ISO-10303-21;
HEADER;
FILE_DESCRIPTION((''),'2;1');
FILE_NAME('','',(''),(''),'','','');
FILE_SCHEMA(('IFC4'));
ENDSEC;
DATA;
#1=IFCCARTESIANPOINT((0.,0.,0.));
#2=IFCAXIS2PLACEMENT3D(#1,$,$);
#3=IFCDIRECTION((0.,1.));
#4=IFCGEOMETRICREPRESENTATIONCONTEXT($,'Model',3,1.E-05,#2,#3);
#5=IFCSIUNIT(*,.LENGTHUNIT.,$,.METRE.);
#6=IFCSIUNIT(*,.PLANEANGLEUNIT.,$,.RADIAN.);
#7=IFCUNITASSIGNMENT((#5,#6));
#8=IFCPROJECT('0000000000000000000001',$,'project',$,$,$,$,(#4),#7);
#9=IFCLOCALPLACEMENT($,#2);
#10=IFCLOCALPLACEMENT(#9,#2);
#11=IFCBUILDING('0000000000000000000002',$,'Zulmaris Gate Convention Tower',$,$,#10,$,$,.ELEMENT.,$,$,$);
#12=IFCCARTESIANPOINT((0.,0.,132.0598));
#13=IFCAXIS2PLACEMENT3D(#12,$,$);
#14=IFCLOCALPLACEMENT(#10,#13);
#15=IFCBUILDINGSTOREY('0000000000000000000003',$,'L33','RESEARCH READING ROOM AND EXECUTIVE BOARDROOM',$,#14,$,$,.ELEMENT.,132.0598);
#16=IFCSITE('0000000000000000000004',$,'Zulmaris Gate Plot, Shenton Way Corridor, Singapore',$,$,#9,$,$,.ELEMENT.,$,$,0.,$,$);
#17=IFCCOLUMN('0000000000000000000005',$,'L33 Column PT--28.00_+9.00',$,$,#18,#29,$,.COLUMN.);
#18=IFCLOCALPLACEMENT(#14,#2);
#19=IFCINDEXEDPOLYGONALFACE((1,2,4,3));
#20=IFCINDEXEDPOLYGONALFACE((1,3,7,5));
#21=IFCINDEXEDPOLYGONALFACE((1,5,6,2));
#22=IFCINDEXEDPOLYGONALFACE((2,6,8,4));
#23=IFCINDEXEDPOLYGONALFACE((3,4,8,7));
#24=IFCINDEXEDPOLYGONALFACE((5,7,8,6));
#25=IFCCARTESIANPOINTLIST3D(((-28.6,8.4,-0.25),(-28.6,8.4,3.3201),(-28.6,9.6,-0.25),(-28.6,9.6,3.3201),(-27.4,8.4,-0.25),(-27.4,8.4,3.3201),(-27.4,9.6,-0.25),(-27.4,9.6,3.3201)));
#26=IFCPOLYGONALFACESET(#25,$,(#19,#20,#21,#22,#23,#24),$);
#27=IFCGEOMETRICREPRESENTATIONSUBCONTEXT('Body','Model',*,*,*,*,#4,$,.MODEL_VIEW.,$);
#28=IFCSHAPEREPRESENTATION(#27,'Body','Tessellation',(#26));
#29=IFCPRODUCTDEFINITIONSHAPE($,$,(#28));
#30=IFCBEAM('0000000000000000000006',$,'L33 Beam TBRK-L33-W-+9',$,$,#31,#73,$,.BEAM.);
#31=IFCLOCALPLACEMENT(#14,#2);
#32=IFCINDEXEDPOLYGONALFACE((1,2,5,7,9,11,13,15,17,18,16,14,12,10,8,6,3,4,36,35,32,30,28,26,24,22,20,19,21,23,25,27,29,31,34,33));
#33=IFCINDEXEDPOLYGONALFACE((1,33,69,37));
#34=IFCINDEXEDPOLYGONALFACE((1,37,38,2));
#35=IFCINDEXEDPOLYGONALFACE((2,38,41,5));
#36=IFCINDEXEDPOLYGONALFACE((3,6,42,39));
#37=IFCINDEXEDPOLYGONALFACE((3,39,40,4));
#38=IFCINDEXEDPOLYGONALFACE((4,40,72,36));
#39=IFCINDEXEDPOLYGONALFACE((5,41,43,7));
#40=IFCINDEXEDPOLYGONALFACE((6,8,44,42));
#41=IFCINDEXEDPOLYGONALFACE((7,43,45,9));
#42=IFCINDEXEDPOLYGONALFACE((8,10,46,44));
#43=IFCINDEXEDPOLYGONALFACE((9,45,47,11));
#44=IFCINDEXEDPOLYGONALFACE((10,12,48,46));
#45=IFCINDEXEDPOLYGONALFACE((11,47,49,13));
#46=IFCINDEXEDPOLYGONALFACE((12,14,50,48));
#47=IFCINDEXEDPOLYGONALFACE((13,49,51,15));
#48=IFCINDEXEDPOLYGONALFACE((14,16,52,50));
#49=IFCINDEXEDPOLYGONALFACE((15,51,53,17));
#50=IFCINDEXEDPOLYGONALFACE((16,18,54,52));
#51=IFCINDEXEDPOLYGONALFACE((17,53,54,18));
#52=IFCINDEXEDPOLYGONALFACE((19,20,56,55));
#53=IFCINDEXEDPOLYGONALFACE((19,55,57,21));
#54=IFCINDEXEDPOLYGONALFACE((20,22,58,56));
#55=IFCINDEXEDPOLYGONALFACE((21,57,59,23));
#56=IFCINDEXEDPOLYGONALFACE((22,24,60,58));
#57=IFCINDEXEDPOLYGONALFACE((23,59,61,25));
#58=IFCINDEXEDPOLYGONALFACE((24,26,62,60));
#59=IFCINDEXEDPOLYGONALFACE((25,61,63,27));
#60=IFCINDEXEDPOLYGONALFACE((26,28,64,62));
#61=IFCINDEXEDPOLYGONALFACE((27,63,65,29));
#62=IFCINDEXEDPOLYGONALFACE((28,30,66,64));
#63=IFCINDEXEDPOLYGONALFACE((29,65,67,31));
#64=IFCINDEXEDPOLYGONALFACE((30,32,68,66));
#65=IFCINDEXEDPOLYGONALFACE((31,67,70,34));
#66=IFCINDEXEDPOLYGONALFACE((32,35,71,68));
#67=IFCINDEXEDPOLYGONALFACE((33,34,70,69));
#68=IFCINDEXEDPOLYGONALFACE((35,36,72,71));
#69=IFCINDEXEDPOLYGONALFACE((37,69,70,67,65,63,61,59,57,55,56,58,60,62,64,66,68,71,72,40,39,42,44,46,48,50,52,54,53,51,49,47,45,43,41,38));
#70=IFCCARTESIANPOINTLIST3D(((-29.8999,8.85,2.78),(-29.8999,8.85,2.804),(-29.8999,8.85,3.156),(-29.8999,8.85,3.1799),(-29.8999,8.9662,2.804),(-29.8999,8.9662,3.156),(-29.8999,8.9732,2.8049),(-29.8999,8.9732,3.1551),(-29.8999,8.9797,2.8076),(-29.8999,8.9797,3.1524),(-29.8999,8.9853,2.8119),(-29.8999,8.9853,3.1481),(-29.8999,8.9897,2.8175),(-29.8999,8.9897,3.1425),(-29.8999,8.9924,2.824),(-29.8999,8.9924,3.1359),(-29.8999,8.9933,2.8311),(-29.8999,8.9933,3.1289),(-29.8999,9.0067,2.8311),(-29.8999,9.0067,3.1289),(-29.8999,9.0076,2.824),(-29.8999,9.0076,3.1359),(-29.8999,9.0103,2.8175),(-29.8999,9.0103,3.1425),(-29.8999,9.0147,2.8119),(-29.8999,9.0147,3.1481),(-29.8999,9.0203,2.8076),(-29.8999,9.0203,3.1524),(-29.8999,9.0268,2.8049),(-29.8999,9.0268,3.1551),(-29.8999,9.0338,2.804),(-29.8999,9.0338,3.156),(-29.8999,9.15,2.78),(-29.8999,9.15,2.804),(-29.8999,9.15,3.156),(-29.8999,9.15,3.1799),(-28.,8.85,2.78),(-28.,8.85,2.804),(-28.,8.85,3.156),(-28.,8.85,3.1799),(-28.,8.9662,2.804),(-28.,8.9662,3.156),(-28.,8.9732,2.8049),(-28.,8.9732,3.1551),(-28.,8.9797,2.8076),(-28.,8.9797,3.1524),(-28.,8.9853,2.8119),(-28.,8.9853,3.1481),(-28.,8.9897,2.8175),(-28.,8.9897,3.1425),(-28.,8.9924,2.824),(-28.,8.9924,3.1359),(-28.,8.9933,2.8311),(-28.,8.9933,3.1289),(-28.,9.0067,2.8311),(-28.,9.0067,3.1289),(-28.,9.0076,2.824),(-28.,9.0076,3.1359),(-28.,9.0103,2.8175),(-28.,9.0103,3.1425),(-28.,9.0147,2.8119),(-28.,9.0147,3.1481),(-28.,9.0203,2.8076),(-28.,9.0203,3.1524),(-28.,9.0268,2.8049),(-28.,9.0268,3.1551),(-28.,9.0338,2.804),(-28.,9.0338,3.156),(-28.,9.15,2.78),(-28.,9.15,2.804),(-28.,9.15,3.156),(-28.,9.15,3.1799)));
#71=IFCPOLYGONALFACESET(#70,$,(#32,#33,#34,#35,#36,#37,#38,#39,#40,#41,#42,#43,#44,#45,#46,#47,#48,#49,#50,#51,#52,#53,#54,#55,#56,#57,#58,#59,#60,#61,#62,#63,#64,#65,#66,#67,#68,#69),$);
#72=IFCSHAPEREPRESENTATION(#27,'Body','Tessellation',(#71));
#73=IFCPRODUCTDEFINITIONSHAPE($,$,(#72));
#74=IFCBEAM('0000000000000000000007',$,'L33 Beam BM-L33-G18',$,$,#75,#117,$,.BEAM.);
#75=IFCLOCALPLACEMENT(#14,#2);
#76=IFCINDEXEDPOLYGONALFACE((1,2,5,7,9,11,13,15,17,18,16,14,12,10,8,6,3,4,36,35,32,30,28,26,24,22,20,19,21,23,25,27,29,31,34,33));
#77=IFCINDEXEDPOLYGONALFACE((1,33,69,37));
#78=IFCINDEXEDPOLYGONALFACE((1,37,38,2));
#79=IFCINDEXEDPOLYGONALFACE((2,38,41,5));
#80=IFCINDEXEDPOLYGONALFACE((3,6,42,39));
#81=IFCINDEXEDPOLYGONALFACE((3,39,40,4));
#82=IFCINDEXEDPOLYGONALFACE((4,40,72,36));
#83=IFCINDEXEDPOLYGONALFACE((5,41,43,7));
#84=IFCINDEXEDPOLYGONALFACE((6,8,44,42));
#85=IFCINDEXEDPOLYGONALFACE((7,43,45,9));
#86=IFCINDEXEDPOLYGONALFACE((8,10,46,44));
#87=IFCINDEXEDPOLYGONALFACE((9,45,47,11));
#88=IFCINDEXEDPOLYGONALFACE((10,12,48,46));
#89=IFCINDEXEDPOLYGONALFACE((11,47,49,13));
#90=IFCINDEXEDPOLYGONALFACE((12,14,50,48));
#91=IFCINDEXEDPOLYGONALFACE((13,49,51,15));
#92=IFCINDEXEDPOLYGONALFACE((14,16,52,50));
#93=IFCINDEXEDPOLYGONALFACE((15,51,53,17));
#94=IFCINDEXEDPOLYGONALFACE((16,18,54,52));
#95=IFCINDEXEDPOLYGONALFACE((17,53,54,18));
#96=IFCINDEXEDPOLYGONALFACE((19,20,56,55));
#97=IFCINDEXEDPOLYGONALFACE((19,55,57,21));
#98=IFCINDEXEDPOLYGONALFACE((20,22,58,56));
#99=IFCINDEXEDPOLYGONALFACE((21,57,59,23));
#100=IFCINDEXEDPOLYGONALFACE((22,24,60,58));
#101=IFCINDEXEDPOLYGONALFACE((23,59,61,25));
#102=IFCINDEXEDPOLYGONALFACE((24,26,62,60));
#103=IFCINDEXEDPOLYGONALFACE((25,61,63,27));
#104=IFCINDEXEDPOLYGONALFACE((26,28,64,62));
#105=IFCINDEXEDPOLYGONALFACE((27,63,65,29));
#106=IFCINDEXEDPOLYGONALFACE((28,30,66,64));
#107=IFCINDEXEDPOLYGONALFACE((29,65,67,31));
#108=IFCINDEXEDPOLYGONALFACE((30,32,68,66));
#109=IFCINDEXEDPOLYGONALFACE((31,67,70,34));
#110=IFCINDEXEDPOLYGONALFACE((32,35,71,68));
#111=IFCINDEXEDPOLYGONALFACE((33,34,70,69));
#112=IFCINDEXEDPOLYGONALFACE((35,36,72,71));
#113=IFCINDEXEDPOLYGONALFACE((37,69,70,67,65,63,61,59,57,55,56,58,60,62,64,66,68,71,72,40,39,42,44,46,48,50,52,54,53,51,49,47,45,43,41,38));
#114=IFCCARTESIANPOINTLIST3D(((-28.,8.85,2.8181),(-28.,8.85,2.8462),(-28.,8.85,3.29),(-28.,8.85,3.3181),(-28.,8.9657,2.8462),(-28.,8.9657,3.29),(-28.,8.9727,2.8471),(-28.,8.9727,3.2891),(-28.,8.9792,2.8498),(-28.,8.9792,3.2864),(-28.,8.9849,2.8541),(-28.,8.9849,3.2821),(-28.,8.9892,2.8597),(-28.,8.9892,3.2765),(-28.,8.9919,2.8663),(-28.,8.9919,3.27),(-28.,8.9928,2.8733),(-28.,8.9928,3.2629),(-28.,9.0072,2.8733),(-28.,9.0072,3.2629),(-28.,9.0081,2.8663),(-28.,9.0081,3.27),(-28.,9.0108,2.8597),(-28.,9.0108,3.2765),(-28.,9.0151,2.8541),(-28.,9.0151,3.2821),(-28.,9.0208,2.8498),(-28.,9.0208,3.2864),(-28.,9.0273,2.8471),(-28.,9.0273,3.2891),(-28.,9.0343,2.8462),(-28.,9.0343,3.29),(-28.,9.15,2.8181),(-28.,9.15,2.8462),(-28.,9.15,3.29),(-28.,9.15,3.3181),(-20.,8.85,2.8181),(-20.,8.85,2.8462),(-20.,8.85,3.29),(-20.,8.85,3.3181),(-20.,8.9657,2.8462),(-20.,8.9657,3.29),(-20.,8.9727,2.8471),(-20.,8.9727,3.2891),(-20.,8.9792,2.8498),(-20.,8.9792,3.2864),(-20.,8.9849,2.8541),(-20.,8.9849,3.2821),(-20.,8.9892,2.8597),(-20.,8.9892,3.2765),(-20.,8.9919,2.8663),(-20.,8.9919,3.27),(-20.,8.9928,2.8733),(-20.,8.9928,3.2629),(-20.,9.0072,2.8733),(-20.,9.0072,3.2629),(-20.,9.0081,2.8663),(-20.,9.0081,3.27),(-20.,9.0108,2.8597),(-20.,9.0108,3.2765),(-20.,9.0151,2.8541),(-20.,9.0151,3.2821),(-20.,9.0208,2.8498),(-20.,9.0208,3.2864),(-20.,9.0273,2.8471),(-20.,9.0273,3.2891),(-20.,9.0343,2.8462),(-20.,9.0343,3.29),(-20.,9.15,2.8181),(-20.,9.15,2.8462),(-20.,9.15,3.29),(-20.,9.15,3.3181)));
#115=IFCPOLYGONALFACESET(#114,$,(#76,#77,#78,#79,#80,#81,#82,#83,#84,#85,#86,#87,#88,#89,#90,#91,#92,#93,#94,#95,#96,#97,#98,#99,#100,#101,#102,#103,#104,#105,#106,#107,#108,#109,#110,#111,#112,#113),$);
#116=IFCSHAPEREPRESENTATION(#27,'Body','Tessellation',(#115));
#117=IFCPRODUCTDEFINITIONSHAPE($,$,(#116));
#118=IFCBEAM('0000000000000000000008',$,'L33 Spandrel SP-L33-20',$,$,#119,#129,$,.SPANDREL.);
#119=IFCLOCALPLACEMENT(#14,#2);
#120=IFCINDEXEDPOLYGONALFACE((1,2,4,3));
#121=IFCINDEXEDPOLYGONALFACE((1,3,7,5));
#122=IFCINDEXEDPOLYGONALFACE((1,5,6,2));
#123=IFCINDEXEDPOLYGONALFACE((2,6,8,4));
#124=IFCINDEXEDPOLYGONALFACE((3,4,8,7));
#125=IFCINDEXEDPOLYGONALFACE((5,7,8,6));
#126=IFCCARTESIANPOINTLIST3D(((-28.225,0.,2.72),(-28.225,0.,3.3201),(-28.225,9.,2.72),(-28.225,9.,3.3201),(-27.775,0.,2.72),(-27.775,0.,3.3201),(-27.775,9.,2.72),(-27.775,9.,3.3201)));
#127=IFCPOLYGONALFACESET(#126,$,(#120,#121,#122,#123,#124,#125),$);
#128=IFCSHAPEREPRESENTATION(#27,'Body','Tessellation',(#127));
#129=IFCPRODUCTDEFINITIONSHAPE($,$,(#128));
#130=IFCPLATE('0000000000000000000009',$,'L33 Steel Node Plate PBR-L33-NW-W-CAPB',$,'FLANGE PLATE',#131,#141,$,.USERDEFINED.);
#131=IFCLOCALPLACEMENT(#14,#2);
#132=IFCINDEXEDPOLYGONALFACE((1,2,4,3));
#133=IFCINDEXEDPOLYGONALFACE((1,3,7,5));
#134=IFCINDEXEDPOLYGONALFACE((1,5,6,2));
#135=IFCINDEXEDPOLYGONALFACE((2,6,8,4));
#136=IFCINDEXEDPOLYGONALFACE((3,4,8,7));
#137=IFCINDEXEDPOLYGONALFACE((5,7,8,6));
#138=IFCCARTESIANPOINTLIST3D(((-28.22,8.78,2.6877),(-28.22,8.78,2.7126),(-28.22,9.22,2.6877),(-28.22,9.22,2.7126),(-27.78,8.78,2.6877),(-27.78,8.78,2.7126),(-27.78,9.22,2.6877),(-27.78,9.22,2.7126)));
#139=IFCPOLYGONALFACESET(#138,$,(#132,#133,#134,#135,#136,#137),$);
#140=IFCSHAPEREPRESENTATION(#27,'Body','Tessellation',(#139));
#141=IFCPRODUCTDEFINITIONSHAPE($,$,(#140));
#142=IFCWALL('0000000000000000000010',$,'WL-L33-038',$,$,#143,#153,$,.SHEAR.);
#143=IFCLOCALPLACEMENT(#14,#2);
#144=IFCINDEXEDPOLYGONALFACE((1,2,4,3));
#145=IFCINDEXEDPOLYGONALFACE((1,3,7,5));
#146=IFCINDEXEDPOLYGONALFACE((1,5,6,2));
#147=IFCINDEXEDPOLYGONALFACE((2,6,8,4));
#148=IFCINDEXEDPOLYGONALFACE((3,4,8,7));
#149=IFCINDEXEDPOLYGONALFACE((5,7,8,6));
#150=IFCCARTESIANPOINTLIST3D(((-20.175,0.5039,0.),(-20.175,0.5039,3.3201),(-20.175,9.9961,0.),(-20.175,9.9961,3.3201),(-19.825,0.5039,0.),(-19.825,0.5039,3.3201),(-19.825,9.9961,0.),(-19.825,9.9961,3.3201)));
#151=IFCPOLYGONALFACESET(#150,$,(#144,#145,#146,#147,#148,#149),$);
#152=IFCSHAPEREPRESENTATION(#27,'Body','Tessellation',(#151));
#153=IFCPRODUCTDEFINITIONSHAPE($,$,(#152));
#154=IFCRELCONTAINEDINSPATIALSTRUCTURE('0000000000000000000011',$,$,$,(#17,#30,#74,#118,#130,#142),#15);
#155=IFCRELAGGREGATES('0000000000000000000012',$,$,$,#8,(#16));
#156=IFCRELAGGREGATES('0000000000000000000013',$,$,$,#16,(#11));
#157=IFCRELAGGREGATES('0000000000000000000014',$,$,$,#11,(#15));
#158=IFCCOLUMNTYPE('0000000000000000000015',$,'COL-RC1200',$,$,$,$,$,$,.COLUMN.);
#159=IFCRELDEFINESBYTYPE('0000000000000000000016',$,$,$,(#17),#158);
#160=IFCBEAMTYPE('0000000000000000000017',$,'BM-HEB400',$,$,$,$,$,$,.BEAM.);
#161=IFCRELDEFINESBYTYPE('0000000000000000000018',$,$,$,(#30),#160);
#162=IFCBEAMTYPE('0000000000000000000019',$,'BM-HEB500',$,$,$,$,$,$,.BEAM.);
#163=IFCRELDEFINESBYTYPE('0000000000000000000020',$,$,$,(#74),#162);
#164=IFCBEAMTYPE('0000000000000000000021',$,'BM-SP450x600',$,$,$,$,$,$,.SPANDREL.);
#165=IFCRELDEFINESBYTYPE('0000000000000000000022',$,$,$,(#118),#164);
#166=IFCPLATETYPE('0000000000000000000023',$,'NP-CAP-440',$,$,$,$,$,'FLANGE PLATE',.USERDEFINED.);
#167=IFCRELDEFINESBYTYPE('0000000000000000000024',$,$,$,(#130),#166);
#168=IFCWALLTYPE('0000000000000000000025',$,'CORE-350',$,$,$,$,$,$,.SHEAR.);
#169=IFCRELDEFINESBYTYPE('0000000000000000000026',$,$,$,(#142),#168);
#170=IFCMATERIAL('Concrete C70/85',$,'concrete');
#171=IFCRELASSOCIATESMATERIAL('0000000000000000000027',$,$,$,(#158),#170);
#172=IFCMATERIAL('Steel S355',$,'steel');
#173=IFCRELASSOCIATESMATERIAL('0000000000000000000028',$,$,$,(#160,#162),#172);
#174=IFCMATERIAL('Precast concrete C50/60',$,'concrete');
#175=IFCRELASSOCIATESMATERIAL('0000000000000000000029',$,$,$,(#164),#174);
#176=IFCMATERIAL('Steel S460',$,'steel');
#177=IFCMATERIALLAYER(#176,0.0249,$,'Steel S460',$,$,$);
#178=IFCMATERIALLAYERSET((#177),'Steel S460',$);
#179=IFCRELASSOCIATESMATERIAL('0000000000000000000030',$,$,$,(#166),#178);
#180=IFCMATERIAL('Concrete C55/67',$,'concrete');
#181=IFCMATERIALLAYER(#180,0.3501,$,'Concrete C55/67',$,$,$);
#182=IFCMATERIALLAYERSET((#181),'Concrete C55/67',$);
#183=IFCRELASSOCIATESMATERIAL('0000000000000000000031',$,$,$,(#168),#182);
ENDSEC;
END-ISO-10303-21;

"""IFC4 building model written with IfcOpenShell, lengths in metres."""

from ifc_helpers import new_model, si_unit, direction, frame, frame_2d, origin, origin_2d, place, context, subcontext, project, spatial, rectangle, i_section, extrude, material, layer, layer_set, material_profile, profile_set, type_object, element, save


model = new_model("IFC4")

# Units and contexts
model_context = context("Model", 3, precision=1e-05, world=origin(), true_north=direction((0.0, 1.0)))
body_context = subcontext(model_context, "Body", "Model", "MODEL_VIEW")
ifc_project = project(units=[si_unit("LENGTHUNIT", "METRE"), si_unit("PLANEANGLEUNIT", "RADIAN")], contexts=[model_context])

# Site, building, storey
site_placement = place(None, origin())
site = spatial("IfcSite", under=ifc_project, at=site_placement, Name="Zulmaris Gate Plot, Shenton Way Corridor, Singapore", CompositionType="ELEMENT", RefElevation=0.0)
building_placement = place(site_placement, origin())
building = spatial("IfcBuilding", under=site, at=building_placement, Name="Zulmaris Gate Convention Tower", CompositionType="ELEMENT")
storey_placement = place(building_placement, frame((0.0, 0.0, 132.0598)))
storey = spatial("IfcBuildingStorey", under=building, at=storey_placement, Name="L33", Description="RESEARCH READING ROOM AND EXECUTIVE BOARDROOM", CompositionType="ELEMENT", Elevation=132.0598)

# Column
ifc_material_1 = material(Name="Concrete C70/85", Category="concrete")
ifc_material_profile_1 = material_profile(ifc_material_1, rectangle(XDim=1.2, YDim=1.2, at=origin_2d()), Name="RC COL 1200x1200")
ifc_profile_set_1 = profile_set([ifc_material_profile_1], Name="Concrete C70/85")
column_type = type_object("IfcColumnType", Name="COL-RC1200", PredefinedType="COLUMN", material=ifc_profile_set_1)
column_placement = place(storey_placement, frame((-28.0, 9.0, -0.25), z_axis=(0.0, 0.0, 1.0), x_axis=(1.0, 0.0, 0.0)))
element("IfcColumn", 1, at=column_placement, inside=storey, type_object=column_type, Name="L33 Column PT--28.00_+9.00", PredefinedType="COLUMN", context=body_context, shape_type="SweptSolid", body=[
    extrude(rectangle(XDim=1.2, YDim=1.2, at=origin_2d()), origin(), (0.0, 0.0, 1.0), 3.5701),
])

# Beams
ifc_material_2 = material(Name="Steel S355", Category="steel")
ifc_material_profile_2 = material_profile(ifc_material_2, i_section(OverallWidth=0.3, OverallDepth=0.3999, WebThickness=0.0134, FlangeThickness=0.0239, FilletRadius=0.0271, at=origin_2d()), Name="HEB 400")
ifc_profile_set_2 = profile_set([ifc_material_profile_2], Name="Steel S355")
beam_type_1 = type_object("IfcBeamType", Name="BM-HEB400", PredefinedType="BEAM", material=ifc_profile_set_2)
beam_1_placement = place(storey_placement, frame((-29.8999, 9.0, 2.98), z_axis=(1.0, 0.0, 0.0), x_axis=(0.0, 1.0, 0.0)))
element("IfcBeam", 2, at=beam_1_placement, inside=storey, type_object=beam_type_1, Name="L33 Beam TBRK-L33-W-+9", PredefinedType="BEAM", context=body_context, shape_type="SweptSolid", body=[
    extrude(i_section(OverallWidth=0.3, OverallDepth=0.3999, WebThickness=0.0134, FlangeThickness=0.0239, FilletRadius=0.0271, at=origin_2d()), origin(), (0.0, 0.0, 1.0), 1.8999),
])
ifc_material_profile_3 = material_profile(ifc_material_2, i_section(OverallWidth=0.3, OverallDepth=0.5, WebThickness=0.0144, FlangeThickness=0.0281, FilletRadius=0.0271, at=origin_2d()), Name="HEB 500")
ifc_profile_set_3 = profile_set([ifc_material_profile_3], Name="Steel S355")
beam_type_2 = type_object("IfcBeamType", Name="BM-HEB500", PredefinedType="BEAM", material=ifc_profile_set_3)
beam_2_placement = place(storey_placement, frame((-28.0, 9.0, 3.0681), z_axis=(1.0, 0.0, 0.0), x_axis=(0.0, 1.0, 0.0)))
element("IfcBeam", 3, at=beam_2_placement, inside=storey, type_object=beam_type_2, Name="L33 Beam BM-L33-G18", PredefinedType="BEAM", context=body_context, shape_type="SweptSolid", body=[
    extrude(i_section(OverallWidth=0.3, OverallDepth=0.5, WebThickness=0.0144, FlangeThickness=0.0281, FilletRadius=0.0271, at=origin_2d()), origin(), (0.0, 0.0, 1.0), 8.0),
])
ifc_material_3 = material(Name="Precast concrete C50/60", Category="concrete")
ifc_material_profile_4 = material_profile(ifc_material_3, rectangle(XDim=0.45, YDim=0.6001, at=origin_2d()), Name="RC SPANDREL 450x600")
ifc_profile_set_4 = profile_set([ifc_material_profile_4], Name="Precast concrete C50/60")
beam_type_3 = type_object("IfcBeamType", Name="BM-SP450x600", PredefinedType="SPANDREL", material=ifc_profile_set_4)
beam_3_placement = place(storey_placement, frame((-28.0, 9.0, 3.02), z_axis=(0.0, -1.0, 0.0), x_axis=(1.0, 0.0, 0.0)))
element("IfcBeam", 4, at=beam_3_placement, inside=storey, type_object=beam_type_3, Name="L33 Spandrel SP-L33-20", PredefinedType="SPANDREL", context=body_context, shape_type="SweptSolid", body=[
    extrude(rectangle(XDim=0.45, YDim=0.6001, at=origin_2d()), origin(), (0.0, 0.0, 1.0), 9.0),
])

# Plate
ifc_material_4 = material(Name="Steel S460", Category="steel")
ifc_layer_1 = layer(ifc_material_4, 0.0249, Name="Steel S460")
ifc_layer_set_1 = layer_set([ifc_layer_1], Name="Steel S460")
plate_type = type_object("IfcPlateType", Name="NP-CAP-440", ElementType="FLANGE PLATE", PredefinedType="USERDEFINED", material=ifc_layer_set_1)
plate_placement = place(storey_placement, frame((-28.0, 9.0, 2.6877), z_axis=(0.0, 0.0, 1.0), x_axis=(1.0, 0.0, 0.0)))
element("IfcPlate", 5, at=plate_placement, inside=storey, type_object=plate_type, Name="L33 Steel Node Plate PBR-L33-NW-W-CAPB", ObjectType="FLANGE PLATE", PredefinedType="USERDEFINED", context=body_context, shape_type="SweptSolid", body=[
    extrude(rectangle(XDim=0.4399, YDim=0.4399, at=origin_2d()), origin(), (0.0, 0.0, 1.0), 0.0249),
])

# Wall
ifc_material_5 = material(Name="Concrete C55/67", Category="concrete")
ifc_layer_2 = layer(ifc_material_5, 0.3501, Name="Concrete C55/67")
ifc_layer_set_2 = layer_set([ifc_layer_2], Name="Concrete C55/67")
wall_type_1 = type_object("IfcWallType", Name="CORE-350", PredefinedType="SHEAR", material=ifc_layer_set_2)
wall_1_placement = place(storey_placement, frame((-20.0, 0.5039, 0.0), z_axis=(0.0, 0.0, 1.0), x_axis=(0.0, 1.0, 0.0)))
element("IfcWall", 6, at=wall_1_placement, inside=storey, type_object=wall_type_1, Name="WL-L33-038", PredefinedType="SHEAR", context=body_context, shape_type="SweptSolid", body=[
    extrude(rectangle(XDim=9.4922, YDim=0.3501, at=frame_2d((4.7461, 0.0))), origin(), (0.0, 0.0, 1.0), 3.3201),
])

save(model, "model.ifc")
